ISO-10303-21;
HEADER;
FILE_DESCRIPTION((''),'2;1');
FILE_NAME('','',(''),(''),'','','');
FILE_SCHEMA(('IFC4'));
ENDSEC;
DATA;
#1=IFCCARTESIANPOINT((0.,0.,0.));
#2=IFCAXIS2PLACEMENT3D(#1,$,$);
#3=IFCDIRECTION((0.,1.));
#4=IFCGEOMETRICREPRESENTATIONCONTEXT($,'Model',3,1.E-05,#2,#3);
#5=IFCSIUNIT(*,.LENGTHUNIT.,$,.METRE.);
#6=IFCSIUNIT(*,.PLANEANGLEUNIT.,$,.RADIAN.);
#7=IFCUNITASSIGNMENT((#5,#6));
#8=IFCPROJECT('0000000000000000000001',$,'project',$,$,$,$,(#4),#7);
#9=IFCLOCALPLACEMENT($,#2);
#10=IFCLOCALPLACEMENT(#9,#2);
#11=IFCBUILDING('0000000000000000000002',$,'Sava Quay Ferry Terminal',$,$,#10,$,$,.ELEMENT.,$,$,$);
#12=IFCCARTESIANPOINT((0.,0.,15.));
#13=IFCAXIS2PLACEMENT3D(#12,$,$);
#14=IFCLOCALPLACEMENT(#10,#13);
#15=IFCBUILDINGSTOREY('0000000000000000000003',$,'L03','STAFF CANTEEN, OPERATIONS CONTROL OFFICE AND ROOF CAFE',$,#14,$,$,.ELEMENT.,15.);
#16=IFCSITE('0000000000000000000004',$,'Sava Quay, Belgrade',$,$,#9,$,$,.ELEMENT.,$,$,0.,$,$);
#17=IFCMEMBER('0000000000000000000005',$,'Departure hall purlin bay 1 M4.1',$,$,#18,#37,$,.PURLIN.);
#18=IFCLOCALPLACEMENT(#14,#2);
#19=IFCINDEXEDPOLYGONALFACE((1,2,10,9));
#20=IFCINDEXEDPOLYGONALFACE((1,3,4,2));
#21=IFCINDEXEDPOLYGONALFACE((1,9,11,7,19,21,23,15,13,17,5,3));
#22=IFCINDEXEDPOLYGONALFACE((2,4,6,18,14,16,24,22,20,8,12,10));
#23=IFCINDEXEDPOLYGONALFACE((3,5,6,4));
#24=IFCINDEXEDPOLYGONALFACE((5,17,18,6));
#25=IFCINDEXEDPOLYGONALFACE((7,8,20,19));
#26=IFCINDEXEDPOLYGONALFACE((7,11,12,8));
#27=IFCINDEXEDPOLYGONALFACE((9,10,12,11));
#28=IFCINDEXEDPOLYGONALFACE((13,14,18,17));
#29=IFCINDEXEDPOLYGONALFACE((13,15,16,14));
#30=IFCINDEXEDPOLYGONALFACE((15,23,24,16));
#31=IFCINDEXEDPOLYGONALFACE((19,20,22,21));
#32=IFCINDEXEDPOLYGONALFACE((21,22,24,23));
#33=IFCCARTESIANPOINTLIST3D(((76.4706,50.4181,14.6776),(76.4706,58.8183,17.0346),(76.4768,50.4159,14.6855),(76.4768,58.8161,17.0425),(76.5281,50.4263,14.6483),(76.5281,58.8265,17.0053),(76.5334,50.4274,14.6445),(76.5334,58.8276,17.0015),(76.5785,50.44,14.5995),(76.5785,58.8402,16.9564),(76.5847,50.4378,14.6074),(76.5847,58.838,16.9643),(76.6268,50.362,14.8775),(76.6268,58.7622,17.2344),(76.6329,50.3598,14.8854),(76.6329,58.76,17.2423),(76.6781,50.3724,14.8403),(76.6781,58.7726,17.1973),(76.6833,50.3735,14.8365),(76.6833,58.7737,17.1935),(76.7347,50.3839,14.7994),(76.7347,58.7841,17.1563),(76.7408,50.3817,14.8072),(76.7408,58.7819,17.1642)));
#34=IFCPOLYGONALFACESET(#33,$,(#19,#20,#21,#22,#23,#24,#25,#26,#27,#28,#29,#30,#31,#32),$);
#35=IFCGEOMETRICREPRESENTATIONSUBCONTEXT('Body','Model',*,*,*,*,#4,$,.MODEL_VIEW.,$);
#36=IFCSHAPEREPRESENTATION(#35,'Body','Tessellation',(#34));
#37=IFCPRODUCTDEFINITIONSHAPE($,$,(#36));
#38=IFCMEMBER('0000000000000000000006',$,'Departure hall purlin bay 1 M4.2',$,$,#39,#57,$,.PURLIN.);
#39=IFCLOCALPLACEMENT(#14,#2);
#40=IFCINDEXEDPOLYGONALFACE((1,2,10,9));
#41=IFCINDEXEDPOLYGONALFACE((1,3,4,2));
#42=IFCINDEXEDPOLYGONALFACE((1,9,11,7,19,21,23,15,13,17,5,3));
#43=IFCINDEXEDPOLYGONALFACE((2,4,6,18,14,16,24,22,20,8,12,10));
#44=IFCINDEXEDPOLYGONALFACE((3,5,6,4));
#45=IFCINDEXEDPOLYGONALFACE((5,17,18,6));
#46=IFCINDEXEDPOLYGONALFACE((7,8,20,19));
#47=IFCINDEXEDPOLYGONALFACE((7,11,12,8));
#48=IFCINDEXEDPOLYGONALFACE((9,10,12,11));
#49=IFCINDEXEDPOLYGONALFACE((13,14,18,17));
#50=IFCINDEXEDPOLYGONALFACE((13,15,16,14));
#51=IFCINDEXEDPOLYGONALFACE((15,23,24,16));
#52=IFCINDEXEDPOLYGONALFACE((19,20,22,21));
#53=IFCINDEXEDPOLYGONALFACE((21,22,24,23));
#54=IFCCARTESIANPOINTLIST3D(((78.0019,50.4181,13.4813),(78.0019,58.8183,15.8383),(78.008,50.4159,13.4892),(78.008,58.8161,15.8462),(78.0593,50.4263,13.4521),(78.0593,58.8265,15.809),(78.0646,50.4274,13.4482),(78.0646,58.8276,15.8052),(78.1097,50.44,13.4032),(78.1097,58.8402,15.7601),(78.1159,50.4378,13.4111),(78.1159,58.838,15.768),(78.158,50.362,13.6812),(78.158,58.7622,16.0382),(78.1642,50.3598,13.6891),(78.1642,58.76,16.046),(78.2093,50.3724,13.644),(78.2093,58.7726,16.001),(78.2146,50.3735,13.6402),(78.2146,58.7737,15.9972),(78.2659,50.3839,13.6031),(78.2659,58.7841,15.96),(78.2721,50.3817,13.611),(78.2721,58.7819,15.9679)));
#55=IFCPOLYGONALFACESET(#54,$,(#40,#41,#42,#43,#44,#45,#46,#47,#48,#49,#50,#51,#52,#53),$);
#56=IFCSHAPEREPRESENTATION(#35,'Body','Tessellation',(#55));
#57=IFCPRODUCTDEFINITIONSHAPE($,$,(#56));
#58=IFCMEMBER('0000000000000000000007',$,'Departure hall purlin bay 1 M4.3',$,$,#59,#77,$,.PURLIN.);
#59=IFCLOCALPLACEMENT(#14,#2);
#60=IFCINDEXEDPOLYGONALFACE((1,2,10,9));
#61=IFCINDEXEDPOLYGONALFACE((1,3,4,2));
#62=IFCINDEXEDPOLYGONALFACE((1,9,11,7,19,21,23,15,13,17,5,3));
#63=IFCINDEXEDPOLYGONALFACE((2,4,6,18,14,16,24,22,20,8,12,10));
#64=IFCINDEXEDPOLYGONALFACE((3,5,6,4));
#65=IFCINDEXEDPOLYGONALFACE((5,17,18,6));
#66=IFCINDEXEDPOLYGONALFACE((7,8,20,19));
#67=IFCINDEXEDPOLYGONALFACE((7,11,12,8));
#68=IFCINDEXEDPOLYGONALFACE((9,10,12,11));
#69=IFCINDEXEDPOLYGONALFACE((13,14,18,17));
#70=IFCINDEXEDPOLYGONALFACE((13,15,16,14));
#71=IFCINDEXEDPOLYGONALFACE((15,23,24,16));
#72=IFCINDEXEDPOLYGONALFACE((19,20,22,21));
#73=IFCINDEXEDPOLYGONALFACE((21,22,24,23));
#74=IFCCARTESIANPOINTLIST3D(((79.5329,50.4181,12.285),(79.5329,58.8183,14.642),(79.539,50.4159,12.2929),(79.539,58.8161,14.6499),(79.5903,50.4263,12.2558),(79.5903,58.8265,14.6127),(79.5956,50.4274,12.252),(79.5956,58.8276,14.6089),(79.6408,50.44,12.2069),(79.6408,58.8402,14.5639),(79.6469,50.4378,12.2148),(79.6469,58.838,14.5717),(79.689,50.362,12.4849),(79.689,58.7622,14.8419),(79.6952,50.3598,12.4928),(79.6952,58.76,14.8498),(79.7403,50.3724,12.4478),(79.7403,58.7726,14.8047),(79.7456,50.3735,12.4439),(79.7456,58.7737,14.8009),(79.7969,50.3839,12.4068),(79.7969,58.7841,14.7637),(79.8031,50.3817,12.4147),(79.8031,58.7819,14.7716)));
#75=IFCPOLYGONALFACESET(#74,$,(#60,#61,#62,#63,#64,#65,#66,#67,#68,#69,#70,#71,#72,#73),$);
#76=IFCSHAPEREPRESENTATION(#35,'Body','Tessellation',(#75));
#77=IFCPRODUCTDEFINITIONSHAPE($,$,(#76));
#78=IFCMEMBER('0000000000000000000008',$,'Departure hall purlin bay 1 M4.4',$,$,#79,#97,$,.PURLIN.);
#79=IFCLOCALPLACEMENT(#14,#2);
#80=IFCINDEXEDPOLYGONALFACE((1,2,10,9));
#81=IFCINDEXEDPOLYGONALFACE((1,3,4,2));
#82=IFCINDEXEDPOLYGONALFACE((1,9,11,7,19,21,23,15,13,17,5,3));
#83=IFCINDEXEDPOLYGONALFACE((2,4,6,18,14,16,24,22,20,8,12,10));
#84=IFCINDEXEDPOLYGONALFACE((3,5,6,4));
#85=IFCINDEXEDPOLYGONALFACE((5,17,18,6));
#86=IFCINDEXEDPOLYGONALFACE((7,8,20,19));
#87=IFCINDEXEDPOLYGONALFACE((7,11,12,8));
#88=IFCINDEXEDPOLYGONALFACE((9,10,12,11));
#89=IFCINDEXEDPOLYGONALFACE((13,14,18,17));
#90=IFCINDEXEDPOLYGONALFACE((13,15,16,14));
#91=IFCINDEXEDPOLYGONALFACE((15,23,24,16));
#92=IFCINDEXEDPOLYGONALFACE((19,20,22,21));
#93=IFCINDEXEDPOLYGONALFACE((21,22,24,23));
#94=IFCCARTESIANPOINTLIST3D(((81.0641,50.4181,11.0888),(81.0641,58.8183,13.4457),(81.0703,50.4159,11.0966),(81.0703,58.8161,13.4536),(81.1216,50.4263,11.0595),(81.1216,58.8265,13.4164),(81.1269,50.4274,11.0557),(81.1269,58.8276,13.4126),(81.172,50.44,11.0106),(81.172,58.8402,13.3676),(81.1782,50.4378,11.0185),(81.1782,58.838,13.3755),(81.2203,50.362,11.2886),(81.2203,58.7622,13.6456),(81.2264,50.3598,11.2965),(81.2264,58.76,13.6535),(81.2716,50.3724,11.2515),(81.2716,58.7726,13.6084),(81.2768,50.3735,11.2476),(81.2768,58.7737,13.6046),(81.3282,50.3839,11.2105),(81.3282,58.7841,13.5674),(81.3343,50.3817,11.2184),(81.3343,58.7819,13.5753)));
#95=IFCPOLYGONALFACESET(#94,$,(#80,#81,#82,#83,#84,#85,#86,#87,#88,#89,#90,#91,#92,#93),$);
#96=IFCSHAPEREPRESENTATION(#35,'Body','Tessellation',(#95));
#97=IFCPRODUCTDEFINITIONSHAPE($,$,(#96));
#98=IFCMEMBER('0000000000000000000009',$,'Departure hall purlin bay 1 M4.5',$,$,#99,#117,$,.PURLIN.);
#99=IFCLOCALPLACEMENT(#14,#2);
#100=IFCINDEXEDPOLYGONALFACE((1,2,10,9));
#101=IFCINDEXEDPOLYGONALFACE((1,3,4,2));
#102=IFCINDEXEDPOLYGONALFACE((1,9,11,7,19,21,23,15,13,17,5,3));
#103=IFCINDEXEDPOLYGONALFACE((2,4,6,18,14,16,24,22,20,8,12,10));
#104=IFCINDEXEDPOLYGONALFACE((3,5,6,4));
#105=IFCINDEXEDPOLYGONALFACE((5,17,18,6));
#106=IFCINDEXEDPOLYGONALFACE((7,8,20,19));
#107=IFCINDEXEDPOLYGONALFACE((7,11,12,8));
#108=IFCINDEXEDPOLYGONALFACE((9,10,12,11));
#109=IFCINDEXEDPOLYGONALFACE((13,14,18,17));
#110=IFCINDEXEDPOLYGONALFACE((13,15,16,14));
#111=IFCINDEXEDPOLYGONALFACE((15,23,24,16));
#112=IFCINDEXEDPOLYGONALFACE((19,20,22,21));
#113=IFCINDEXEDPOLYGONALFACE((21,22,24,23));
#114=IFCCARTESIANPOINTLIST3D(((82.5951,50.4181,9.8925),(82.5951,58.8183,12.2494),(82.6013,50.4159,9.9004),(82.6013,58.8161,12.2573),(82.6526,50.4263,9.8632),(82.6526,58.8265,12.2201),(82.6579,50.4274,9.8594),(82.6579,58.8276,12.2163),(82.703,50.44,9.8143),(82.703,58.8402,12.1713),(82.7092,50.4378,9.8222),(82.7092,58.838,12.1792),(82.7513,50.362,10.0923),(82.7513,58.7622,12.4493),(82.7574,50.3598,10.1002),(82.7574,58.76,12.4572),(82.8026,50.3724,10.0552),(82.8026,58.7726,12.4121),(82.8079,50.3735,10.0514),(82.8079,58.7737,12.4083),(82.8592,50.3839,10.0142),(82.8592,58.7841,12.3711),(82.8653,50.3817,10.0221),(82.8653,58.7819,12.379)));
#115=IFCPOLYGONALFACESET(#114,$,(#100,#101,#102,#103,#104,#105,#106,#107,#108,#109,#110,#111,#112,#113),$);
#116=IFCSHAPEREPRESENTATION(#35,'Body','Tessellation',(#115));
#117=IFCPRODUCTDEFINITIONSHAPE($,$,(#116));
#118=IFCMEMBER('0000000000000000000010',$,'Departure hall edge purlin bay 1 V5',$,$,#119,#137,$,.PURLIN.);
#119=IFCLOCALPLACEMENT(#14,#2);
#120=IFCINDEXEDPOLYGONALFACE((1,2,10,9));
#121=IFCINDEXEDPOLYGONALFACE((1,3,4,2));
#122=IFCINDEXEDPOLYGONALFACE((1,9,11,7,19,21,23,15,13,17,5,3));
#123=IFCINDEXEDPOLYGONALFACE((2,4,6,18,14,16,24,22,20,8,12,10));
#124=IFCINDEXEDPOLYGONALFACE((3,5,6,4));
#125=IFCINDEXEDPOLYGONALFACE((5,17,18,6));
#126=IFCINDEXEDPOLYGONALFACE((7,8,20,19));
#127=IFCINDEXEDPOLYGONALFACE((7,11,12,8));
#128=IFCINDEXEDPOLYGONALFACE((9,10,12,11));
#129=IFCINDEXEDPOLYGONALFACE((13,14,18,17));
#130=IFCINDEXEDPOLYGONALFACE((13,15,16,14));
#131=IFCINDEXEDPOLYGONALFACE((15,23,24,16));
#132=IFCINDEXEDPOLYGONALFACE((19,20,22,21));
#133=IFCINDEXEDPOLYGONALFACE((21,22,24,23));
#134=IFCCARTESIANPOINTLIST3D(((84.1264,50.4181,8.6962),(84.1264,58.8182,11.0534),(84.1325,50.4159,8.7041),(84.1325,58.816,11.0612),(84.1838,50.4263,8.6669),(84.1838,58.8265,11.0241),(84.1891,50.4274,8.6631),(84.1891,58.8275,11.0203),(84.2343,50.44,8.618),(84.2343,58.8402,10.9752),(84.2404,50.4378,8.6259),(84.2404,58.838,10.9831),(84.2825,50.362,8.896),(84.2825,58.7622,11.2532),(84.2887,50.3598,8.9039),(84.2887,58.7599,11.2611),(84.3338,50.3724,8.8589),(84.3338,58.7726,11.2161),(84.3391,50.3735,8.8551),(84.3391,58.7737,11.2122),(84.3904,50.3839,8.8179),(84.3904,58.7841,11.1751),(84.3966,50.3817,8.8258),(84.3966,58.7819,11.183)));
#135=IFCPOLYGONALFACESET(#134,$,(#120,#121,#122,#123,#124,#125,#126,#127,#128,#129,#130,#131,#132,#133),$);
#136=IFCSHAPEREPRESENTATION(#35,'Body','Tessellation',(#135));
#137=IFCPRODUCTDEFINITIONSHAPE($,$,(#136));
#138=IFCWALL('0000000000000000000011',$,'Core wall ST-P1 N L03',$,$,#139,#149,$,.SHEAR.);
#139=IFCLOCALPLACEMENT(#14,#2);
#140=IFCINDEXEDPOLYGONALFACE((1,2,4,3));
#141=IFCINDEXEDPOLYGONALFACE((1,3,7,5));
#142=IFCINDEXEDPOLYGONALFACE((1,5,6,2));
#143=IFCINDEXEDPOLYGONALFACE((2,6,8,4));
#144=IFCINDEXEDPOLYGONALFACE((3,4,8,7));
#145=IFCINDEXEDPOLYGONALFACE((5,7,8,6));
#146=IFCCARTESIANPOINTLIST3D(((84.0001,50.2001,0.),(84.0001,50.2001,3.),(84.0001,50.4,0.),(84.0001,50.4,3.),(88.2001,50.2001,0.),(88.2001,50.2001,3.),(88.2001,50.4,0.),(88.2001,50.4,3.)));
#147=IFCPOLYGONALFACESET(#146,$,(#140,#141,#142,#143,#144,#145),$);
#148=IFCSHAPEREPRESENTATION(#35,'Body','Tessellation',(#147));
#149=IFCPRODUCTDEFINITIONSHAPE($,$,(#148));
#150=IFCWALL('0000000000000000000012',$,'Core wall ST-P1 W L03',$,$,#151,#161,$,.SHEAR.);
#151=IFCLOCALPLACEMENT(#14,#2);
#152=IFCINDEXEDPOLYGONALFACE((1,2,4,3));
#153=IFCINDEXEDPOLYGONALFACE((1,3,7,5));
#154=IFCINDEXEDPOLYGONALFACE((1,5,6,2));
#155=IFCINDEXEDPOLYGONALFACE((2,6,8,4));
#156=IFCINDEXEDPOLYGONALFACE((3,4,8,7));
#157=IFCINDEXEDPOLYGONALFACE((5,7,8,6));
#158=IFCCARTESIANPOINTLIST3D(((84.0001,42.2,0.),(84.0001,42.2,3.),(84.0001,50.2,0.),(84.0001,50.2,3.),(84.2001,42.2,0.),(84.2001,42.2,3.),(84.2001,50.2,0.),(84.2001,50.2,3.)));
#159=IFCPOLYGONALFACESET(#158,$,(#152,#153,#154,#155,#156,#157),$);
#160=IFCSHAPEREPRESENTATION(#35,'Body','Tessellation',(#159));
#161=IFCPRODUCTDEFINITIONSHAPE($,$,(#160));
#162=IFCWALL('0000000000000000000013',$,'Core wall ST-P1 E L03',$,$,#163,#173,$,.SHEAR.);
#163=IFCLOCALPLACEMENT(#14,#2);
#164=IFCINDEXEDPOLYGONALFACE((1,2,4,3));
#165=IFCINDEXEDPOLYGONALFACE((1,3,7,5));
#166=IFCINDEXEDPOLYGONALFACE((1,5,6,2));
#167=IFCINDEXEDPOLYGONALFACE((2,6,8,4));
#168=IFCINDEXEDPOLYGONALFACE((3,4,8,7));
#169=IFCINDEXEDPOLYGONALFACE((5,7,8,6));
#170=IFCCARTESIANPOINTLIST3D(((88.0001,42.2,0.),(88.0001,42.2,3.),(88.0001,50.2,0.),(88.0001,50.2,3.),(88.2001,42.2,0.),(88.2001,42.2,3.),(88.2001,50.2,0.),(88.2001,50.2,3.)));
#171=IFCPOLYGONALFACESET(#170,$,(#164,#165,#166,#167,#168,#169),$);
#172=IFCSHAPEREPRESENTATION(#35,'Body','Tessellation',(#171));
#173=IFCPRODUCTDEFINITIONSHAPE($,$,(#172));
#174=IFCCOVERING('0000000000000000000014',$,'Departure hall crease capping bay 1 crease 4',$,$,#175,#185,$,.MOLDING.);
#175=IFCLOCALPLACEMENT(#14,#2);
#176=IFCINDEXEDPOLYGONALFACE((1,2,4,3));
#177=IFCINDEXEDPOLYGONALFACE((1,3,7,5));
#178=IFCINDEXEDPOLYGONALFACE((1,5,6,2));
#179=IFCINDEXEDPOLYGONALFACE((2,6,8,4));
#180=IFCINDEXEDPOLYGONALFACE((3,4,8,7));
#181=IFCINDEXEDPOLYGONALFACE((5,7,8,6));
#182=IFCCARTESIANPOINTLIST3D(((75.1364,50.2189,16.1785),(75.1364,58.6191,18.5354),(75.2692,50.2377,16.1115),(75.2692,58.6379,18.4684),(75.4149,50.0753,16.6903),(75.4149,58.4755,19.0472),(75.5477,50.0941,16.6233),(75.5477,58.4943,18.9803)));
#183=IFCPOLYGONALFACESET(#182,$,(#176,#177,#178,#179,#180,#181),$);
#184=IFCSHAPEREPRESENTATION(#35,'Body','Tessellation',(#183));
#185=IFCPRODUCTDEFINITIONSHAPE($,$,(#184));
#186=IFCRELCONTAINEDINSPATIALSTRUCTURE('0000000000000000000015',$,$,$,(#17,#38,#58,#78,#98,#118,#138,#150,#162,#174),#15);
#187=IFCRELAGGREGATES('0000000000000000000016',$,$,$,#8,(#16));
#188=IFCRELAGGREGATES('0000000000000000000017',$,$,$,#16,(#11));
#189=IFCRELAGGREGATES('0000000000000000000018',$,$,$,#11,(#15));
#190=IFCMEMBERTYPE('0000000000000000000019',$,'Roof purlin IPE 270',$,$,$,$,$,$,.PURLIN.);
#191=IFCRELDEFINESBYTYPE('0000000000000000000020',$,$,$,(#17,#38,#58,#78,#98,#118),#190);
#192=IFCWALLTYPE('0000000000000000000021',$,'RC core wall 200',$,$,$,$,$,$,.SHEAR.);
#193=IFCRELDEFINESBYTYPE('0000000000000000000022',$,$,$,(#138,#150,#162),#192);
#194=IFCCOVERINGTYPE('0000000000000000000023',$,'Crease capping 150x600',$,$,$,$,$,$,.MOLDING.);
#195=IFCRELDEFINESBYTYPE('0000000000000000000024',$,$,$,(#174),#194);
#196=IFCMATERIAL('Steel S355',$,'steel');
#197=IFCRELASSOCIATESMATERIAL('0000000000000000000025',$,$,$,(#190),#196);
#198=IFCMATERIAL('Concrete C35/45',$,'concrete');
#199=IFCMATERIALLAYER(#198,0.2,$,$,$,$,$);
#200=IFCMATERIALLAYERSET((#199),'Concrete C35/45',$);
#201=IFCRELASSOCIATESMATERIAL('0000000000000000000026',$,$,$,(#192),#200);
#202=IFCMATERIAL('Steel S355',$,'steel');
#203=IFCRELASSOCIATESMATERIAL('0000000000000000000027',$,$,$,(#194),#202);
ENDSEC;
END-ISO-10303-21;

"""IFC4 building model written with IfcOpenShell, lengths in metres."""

from ifc_helpers import new_model, si_unit, direction, frame, frame_2d, origin, origin_2d, place, context, subcontext, project, spatial, rectangle, i_section, extrude, material, layer, layer_set, material_profile, profile_set, type_object, element, save


model = new_model("IFC4")

# Units and contexts
model_context = context("Model", 3, precision=1e-05, world=origin(), true_north=direction((0.0, 1.0)))
body_context = subcontext(model_context, "Body", "Model", "MODEL_VIEW")
ifc_project = project(units=[si_unit("LENGTHUNIT", "METRE"), si_unit("PLANEANGLEUNIT", "RADIAN")], contexts=[model_context])

# Site, building, storey
site_placement = place(None, origin())
site = spatial("IfcSite", under=ifc_project, at=site_placement, Name="Sava Quay, Belgrade", CompositionType="ELEMENT", RefElevation=0.0)
building_placement = place(site_placement, origin())
building = spatial("IfcBuilding", under=site, at=building_placement, Name="Sava Quay Ferry Terminal", CompositionType="ELEMENT")
storey_placement = place(building_placement, frame((0.0, 0.0, 15.0)))
storey = spatial("IfcBuildingStorey", under=building, at=storey_placement, Name="L03", Description="STAFF CANTEEN, OPERATIONS CONTROL OFFICE AND ROOF CAFE", CompositionType="ELEMENT", Elevation=15.0)

# Members
ifc_material_1 = material(Name="Steel S355", Category="steel")
ifc_material_profile_1 = material_profile(ifc_material_1, i_section(OverallWidth=0.135, OverallDepth=0.27, WebThickness=0.0066, FlangeThickness=0.0103, at=origin_2d()), Name="IPE 270")
ifc_profile_set_1 = profile_set([ifc_material_profile_1], Name="Steel S355")
member_type = type_object("IfcMemberType", Name="Roof purlin IPE 270", PredefinedType="PURLIN", material=ifc_profile_set_1)
for number, where, z_axis, x_axis, name in (
    (1, (76.6057, 50.3999, 14.7424), (0.0, 0.962818, 0.27015), (-0.799142, -0.162398, 0.57879), "Departure hall purlin bay 1 M4.1"),
    (2, (78.137, 50.3999, 13.5461), (0.0, 0.962818, 0.27015), (-0.799142, -0.162398, 0.57879), "Departure hall purlin bay 1 M4.2"),
    (3, (79.668, 50.3999, 12.3499), (0.0, 0.962818, 0.27015), (-0.799142, -0.162398, 0.57879), "Departure hall purlin bay 1 M4.3"),
    (4, (81.1992, 50.3999, 11.1536), (0.0, 0.962818, 0.27015), (-0.799142, -0.162398, 0.57879), "Departure hall purlin bay 1 M4.4"),
    (5, (82.7302, 50.3999, 9.9573), (0.0, 0.962818, 0.27015), (-0.799142, -0.162398, 0.57879), "Departure hall purlin bay 1 M4.5"),
    (6, (84.2615, 50.3999, 8.761), (0.0, 0.962811, 0.270176), (-0.799142, -0.162414, 0.578786), "Departure hall edge purlin bay 1 V5"),
):
    element("IfcMember", number, at=place(storey_placement, frame(where, z_axis=z_axis, x_axis=x_axis)), inside=storey, type_object=member_type, Name=name, PredefinedType="PURLIN", context=body_context, shape_type="SweptSolid", body=[
        extrude(i_section(OverallWidth=0.135, OverallDepth=0.27, WebThickness=0.0066, FlangeThickness=0.0103, at=origin_2d()), origin(), (0.0, 0.0, 1.0), 8.7246),
    ])

# Walls
ifc_material_2 = material(Name="Concrete C35/45", Category="concrete")
ifc_layer_1 = layer(ifc_material_2, 0.2)
ifc_layer_set_1 = layer_set([ifc_layer_1], Name="Concrete C35/45")
wall_type = type_object("IfcWallType", Name="RC core wall 200", PredefinedType="SHEAR", material=ifc_layer_set_1)
wall_placement = place(storey_placement, frame((84.0, 50.3, 0.0), z_axis=(0.0, 0.0, 1.0), x_axis=(1.0, 0.0, 0.0)))
element("IfcWall", 7, at=wall_placement, inside=storey, type_object=wall_type, Name="Core wall ST-P1 N L03", PredefinedType="SHEAR", context=body_context, shape_type="SweptSolid", body=[
    extrude(rectangle(XDim=4.2, YDim=0.2, at=frame_2d((2.1001, 0.0))), origin(), (0.0, 0.0, 1.0), 3.0),
])
for number, where, z_axis, x_axis, name in (
    (8, (84.1001, 42.2, 0.0), (0.0, 0.0, 1.0), (0.0, 1.0, 0.0), "Core wall ST-P1 W L03"),
    (9, (88.1001, 42.2, 0.0), (0.0, 0.0, 1.0), (0.0, 1.0, 0.0), "Core wall ST-P1 E L03"),
):
    element("IfcWall", number, at=place(storey_placement, frame(where, z_axis=z_axis, x_axis=x_axis)), inside=storey, type_object=wall_type, Name=name, PredefinedType="SHEAR", context=body_context, shape_type="SweptSolid", body=[
        extrude(rectangle(XDim=8.0, YDim=0.2, at=frame_2d((4.0, 0.0))), origin(), (0.0, 0.0, 1.0), 3.0),
    ])

# Covering
ifc_material_3 = material(Name="Steel S355", Category="steel")
ifc_material_profile_2 = material_profile(ifc_material_3, rectangle(XDim=0.1499, YDim=0.6001, at=origin_2d()), Name="Cap 150 x 600")
ifc_profile_set_2 = profile_set([ifc_material_profile_2], Name="Steel S355")
covering_type_1 = type_object("IfcCoveringType", Name="Crease capping 150x600", PredefinedType="MOLDING", material=ifc_profile_set_2)
covering_1_placement = place(storey_placement, frame((75.342, 50.1565, 16.4009), z_axis=(0.0, 0.962818, 0.27015), x_axis=(-0.885826, -0.125354, 0.446764)))
element("IfcCovering", 10, at=covering_1_placement, inside=storey, type_object=covering_type_1, Name="Departure hall crease capping bay 1 crease 4", PredefinedType="MOLDING", context=body_context, shape_type="SweptSolid", body=[
    extrude(rectangle(XDim=0.1499, YDim=0.6001, at=origin_2d()), origin(), (0.0, 0.0, 1.0), 8.7246),
])

save(model, "model.ifc")
